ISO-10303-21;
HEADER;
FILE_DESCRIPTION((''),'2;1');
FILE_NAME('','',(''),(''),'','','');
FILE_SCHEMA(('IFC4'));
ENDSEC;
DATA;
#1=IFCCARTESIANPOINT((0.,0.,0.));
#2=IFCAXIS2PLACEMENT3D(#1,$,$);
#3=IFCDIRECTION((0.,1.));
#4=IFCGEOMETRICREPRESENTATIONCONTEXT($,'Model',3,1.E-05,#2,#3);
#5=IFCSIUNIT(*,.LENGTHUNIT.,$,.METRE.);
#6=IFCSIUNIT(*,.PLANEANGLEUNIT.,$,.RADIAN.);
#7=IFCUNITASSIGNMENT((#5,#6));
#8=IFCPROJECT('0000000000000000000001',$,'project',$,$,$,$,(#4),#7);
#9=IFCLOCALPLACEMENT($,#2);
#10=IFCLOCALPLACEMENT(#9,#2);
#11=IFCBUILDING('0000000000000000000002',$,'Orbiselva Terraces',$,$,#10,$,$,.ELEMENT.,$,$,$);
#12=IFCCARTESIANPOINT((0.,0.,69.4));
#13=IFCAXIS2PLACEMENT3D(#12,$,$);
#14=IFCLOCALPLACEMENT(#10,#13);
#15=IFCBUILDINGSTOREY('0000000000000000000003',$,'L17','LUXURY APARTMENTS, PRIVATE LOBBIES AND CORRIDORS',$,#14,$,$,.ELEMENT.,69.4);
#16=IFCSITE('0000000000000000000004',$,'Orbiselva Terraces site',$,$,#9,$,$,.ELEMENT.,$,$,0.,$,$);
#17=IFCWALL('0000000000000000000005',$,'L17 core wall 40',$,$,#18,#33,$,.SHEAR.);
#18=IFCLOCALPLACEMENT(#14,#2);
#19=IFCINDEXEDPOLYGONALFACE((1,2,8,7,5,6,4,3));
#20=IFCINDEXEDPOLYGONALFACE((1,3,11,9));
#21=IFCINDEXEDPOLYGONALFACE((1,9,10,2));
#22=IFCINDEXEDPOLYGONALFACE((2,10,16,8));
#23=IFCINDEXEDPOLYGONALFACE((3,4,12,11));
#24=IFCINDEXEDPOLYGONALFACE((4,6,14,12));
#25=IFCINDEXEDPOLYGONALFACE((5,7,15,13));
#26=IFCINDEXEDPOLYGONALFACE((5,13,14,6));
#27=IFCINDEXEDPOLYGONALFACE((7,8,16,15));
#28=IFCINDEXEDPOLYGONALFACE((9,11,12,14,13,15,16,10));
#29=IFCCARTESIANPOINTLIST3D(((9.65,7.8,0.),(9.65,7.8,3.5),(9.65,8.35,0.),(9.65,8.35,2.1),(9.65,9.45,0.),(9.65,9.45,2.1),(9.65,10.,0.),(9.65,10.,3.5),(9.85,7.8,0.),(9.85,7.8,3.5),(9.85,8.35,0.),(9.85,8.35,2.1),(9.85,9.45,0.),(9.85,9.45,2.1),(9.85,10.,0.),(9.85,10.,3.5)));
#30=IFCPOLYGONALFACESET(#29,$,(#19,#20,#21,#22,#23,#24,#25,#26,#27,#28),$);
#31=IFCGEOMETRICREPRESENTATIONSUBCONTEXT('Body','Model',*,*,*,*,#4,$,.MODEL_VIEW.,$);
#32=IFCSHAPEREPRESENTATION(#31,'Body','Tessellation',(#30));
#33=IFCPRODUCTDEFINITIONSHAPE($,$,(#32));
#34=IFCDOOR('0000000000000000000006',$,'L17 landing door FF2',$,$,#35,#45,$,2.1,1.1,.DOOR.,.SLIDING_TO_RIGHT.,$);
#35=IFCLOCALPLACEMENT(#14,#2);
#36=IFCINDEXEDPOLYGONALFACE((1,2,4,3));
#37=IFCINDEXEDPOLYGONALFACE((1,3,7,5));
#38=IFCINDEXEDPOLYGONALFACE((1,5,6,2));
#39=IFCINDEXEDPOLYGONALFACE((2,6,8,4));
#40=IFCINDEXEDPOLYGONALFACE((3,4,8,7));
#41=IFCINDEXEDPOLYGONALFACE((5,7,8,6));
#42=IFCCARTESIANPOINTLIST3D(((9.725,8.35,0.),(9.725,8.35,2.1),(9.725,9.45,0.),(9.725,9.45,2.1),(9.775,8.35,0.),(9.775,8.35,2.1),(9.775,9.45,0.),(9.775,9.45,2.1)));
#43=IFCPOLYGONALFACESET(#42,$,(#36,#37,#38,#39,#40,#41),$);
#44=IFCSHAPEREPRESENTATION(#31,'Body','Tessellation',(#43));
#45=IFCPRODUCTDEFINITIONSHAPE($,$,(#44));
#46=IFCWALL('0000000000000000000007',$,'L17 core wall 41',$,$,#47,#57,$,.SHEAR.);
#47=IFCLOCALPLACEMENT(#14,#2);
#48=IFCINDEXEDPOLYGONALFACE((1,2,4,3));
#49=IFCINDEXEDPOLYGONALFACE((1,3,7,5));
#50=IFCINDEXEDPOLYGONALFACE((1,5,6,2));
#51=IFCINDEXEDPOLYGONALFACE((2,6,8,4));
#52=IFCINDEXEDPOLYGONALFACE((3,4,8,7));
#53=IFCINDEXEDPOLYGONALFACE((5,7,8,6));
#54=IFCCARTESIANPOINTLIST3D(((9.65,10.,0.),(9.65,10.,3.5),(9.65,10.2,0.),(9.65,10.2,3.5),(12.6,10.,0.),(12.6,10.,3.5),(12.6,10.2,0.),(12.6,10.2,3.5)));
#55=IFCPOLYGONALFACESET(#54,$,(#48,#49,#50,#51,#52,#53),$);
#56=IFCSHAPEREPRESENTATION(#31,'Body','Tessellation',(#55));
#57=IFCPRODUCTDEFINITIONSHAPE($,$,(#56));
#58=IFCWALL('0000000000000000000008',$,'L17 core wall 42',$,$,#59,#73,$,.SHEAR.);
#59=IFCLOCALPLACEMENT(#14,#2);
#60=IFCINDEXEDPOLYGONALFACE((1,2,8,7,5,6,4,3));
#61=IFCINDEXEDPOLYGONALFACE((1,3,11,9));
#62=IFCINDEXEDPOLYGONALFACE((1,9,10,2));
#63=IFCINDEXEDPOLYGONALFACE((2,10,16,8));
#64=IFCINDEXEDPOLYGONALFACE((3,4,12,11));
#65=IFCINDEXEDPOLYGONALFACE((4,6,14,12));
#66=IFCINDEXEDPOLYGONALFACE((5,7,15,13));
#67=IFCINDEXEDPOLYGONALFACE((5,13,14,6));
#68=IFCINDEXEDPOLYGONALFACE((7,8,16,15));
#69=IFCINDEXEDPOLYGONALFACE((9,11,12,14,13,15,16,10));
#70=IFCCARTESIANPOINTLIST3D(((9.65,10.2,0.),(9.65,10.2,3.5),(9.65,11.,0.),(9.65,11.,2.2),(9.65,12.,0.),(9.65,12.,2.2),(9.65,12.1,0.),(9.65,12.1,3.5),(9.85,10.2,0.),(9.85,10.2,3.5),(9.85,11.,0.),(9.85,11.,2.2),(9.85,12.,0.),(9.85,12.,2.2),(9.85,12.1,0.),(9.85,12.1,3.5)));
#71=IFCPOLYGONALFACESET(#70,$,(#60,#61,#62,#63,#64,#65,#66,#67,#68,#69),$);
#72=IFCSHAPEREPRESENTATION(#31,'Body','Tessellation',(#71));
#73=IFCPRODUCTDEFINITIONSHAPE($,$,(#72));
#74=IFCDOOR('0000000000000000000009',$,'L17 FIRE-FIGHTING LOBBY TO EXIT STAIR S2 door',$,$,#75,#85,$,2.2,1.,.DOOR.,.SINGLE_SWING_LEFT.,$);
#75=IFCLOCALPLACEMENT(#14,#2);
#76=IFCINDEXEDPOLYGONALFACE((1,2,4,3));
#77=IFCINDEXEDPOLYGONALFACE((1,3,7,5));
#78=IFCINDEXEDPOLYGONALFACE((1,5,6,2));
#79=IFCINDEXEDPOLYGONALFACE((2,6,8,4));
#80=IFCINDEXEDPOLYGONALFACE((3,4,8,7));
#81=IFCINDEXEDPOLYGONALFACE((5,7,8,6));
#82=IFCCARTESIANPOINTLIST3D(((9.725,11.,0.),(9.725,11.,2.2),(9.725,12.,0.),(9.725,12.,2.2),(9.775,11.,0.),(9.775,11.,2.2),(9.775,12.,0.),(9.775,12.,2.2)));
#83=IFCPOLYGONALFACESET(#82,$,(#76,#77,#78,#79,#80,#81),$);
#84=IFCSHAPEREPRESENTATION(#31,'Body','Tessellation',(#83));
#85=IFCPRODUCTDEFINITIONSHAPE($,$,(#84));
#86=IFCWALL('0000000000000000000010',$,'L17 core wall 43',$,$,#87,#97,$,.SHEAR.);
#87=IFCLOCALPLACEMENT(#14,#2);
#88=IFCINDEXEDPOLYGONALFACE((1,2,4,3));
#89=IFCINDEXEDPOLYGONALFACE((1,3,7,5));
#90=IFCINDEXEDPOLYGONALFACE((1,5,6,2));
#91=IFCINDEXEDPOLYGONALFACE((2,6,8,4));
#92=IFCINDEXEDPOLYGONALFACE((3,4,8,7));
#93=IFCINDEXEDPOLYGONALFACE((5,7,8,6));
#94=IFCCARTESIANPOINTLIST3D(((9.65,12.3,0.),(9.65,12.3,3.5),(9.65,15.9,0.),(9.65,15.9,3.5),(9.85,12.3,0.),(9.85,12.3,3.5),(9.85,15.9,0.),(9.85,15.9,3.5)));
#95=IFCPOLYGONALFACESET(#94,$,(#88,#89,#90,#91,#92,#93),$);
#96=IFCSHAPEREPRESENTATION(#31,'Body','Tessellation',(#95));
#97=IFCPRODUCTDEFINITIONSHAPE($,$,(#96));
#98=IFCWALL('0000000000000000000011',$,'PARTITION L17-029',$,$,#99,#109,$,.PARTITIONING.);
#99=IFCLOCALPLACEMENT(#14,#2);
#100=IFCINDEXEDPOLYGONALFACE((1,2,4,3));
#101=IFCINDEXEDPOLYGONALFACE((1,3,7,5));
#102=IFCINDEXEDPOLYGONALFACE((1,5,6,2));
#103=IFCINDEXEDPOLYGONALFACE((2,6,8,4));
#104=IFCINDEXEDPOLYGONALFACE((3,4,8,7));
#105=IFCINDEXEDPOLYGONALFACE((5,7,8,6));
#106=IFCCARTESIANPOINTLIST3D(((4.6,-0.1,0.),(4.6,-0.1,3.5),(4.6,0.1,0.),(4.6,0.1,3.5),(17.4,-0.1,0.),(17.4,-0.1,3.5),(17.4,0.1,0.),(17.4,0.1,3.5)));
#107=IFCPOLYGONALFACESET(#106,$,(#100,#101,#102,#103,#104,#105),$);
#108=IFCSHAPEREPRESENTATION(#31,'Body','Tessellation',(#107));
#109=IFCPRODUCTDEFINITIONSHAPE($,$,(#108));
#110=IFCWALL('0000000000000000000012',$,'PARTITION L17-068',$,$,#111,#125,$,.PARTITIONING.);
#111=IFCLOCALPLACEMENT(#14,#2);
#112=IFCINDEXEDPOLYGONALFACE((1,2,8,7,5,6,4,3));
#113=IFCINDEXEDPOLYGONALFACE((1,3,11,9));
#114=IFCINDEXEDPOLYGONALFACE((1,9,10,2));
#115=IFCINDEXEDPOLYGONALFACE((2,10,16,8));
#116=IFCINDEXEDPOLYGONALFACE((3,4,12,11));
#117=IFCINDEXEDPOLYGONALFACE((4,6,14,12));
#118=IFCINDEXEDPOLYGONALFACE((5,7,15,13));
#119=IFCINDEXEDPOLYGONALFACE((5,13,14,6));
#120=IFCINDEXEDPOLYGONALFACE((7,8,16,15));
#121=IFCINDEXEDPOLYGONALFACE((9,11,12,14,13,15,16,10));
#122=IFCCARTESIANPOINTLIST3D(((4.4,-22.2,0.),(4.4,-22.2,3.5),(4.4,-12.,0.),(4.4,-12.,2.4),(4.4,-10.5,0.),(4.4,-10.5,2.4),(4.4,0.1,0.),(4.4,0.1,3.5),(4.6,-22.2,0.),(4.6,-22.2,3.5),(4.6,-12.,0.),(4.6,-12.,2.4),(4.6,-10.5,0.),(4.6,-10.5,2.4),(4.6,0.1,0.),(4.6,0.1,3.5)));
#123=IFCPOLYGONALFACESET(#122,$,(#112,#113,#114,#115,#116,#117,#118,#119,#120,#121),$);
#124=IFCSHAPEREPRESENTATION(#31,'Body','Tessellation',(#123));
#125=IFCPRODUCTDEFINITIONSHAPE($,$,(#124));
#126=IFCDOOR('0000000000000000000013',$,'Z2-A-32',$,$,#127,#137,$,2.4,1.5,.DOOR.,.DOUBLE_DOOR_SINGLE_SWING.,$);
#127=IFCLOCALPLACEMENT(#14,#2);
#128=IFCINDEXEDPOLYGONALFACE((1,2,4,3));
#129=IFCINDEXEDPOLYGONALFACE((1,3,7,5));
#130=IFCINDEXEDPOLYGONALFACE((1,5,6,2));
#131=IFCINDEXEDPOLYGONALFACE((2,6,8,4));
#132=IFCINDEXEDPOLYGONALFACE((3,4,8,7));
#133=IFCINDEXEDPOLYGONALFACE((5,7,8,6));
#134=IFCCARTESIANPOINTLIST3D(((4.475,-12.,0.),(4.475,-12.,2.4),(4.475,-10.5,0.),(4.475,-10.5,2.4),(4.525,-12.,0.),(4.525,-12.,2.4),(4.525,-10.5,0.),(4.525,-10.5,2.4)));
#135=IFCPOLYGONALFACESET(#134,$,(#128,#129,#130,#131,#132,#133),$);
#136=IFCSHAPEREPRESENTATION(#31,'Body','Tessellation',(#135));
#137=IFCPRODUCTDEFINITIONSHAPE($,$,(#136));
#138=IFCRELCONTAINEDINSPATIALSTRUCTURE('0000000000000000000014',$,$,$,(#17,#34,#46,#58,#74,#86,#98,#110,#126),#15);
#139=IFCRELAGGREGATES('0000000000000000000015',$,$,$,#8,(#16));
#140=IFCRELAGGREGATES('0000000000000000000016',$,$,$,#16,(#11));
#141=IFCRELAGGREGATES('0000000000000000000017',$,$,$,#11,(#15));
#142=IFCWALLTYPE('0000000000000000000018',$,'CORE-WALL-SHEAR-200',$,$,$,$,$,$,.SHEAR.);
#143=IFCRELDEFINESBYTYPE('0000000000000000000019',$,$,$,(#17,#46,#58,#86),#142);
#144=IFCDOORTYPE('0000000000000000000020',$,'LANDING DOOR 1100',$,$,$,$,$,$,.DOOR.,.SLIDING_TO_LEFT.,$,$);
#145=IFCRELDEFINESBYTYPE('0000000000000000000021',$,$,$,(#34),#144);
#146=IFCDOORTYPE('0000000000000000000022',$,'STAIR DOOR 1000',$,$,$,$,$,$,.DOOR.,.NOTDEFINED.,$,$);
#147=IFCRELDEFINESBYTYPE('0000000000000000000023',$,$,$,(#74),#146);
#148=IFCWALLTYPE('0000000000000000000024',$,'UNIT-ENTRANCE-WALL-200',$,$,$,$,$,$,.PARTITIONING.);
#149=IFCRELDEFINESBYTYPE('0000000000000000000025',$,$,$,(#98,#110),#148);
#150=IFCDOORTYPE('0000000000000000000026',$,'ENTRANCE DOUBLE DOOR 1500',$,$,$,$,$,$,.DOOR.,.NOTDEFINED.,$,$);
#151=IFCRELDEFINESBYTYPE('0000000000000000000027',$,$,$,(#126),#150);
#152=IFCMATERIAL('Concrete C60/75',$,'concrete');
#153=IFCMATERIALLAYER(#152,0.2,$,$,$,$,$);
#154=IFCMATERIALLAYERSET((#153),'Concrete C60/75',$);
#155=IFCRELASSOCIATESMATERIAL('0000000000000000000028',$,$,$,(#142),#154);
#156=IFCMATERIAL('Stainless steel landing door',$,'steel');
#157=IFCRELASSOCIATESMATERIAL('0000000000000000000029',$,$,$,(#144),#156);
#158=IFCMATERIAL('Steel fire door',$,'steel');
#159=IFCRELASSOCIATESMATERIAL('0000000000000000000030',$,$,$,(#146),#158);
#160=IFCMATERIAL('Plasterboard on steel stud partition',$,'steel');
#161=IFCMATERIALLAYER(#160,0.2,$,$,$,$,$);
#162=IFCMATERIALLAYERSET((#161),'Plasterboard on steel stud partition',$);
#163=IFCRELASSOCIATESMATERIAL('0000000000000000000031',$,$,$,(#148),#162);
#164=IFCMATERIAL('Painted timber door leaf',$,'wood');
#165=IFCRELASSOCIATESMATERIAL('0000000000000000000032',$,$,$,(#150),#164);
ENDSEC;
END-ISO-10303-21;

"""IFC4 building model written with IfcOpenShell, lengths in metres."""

from ifc_helpers import new_model, si_unit, direction, frame, frame_2d, origin, place, context, subcontext, project, spatial, rectangle, extrude, material, layer, layer_set, type_object, element, fill, save


model = new_model("IFC4")

# Units and contexts
model_context = context("Model", 3, precision=1e-05, world=origin(), true_north=direction((0.0, 1.0)))
body_context = subcontext(model_context, "Body", "Model", "MODEL_VIEW")
ifc_project = project(units=[si_unit("LENGTHUNIT", "METRE"), si_unit("PLANEANGLEUNIT", "RADIAN")], contexts=[model_context])

# Site, building, storey
site_placement = place(None, origin())
site = spatial("IfcSite", under=ifc_project, at=site_placement, Name="Orbiselva Terraces site", CompositionType="ELEMENT", RefElevation=0.0)
building_placement = place(site_placement, origin())
building = spatial("IfcBuilding", under=site, at=building_placement, Name="Orbiselva Terraces", CompositionType="ELEMENT")
storey_placement = place(building_placement, frame((0.0, 0.0, 69.4)))
storey = spatial("IfcBuildingStorey", under=building, at=storey_placement, Name="L17", Description="LUXURY APARTMENTS, PRIVATE LOBBIES AND CORRIDORS", CompositionType="ELEMENT", Elevation=69.4)

# Shared definitions
ifc_material_1 = material(Name="Concrete C60/75", Category="concrete")
ifc_layer_1 = layer(ifc_material_1, 0.2)
ifc_layer_set_1 = layer_set([ifc_layer_1], Name="Concrete C60/75")
wall_type_1 = type_object("IfcWallType", Name="CORE-WALL-SHEAR-200", PredefinedType="SHEAR", material=ifc_layer_set_1)
ifc_material_2 = material(Name="Steel fire door", Category="steel")

# Shared definitions
ifc_material_3 = material(Name="Stainless steel landing door", Category="steel")
door_type_1 = type_object("IfcDoorType", Name="LANDING DOOR 1100", OperationType="SLIDING_TO_LEFT", PredefinedType="DOOR", material=ifc_material_3)

# Wall, opening, door
wall_1_placement = place(storey_placement, frame((9.75, 7.8, 0.0), z_axis=(0.0, 0.0, 1.0), x_axis=(0.0, 1.0, 0.0)))
wall_1 = element("IfcWall", 1, at=wall_1_placement, inside=storey, type_object=wall_type_1, Name="L17 core wall 40", PredefinedType="SHEAR", context=body_context, shape_type="SweptSolid", body=[
    extrude(rectangle(XDim=2.2, YDim=0.2, at=frame_2d((1.1, 0.0))), origin(), (0.0, 0.0, 1.0), 3.5),
])
opening_1_placement = place(wall_1_placement, frame((0.55, 0.0, 0.0)))
opening_1 = element("IfcOpeningElement", 2, at=opening_1_placement, cuts=wall_1, PredefinedType="OPENING", context=body_context, shape_type="SweptSolid", body=[
    extrude(rectangle(XDim=1.1, YDim=2.1, at=frame_2d((0.55, 1.05))), frame((0.0, 0.11, 0.0), z_axis=(0.0, -1.0, 0.0), x_axis=(1.0, 0.0, 0.0)), (0.0, 0.0, 1.0), 0.22),
])
door_1_placement = place(opening_1_placement, origin())
door_1 = element("IfcDoor", 3, at=door_1_placement, inside=storey, type_object=door_type_1, Name="L17 landing door FF2", OperationType="SLIDING_TO_RIGHT", OverallHeight=2.1, OverallWidth=1.1, PredefinedType="DOOR", context=body_context, shape_type="SweptSolid", body=[
    extrude(rectangle(XDim=1.1, YDim=2.1, at=frame_2d((0.55, 1.05))), frame((0.0, 0.025, 0.0), z_axis=(0.0, -1.0, 0.0), x_axis=(1.0, 0.0, 0.0)), (0.0, 0.0, 1.0), 0.05),
])
fill(opening_1, door_1)

# Wall
wall_2_placement = place(storey_placement, frame((9.65, 10.1, 0.0), z_axis=(0.0, 0.0, 1.0), x_axis=(1.0, 0.0, 0.0)))
element("IfcWall", 4, at=wall_2_placement, inside=storey, type_object=wall_type_1, Name="L17 core wall 41", PredefinedType="SHEAR", context=body_context, shape_type="SweptSolid", body=[
    extrude(rectangle(XDim=2.95, YDim=0.2, at=frame_2d((1.475, 0.0))), origin(), (0.0, 0.0, 1.0), 3.5),
])

# Wall, opening, door
wall_3_placement = place(storey_placement, frame((9.75, 12.1, 0.0), z_axis=(0.0, 0.0, 1.0), x_axis=(0.0, -1.0, 0.0)))
wall_3 = element("IfcWall", 5, at=wall_3_placement, inside=storey, type_object=wall_type_1, Name="L17 core wall 42", PredefinedType="SHEAR", context=body_context, shape_type="SweptSolid", body=[
    extrude(rectangle(XDim=1.9, YDim=0.2, at=frame_2d((0.95, 0.0))), origin(), (0.0, 0.0, 1.0), 3.5),
])
opening_2_placement = place(wall_3_placement, frame((0.1, 0.0, 0.0)))
opening_2 = element("IfcOpeningElement", 6, at=opening_2_placement, cuts=wall_3, PredefinedType="OPENING", context=body_context, shape_type="SweptSolid", body=[
    extrude(rectangle(XDim=1.0, YDim=2.2, at=frame_2d((0.5, 1.1))), frame((0.0, 0.11, 0.0), z_axis=(0.0, -1.0, 0.0), x_axis=(1.0, 0.0, 0.0)), (0.0, 0.0, 1.0), 0.22),
])
door_type_2 = type_object("IfcDoorType", Name="STAIR DOOR 1000", OperationType="NOTDEFINED", PredefinedType="DOOR", material=ifc_material_2)
door_2_placement = place(opening_2_placement, origin())
door_2 = element("IfcDoor", 7, at=door_2_placement, inside=storey, type_object=door_type_2, Name="L17 FIRE-FIGHTING LOBBY TO EXIT STAIR S2 door", OperationType="SINGLE_SWING_LEFT", OverallHeight=2.2, OverallWidth=1.0, PredefinedType="DOOR", context=body_context, shape_type="SweptSolid", body=[
    extrude(rectangle(XDim=1.0, YDim=2.2, at=frame_2d((0.5, 1.1))), frame((0.0, 0.025, 0.0), z_axis=(0.0, -1.0, 0.0), x_axis=(1.0, 0.0, 0.0)), (0.0, 0.0, 1.0), 0.05),
])
fill(opening_2, door_2)

# Walls
wall_4_placement = place(storey_placement, frame((9.75, 12.3, 0.0), z_axis=(0.0, 0.0, 1.0), x_axis=(0.0, 1.0, 0.0)))
element("IfcWall", 8, at=wall_4_placement, inside=storey, type_object=wall_type_1, Name="L17 core wall 43", PredefinedType="SHEAR", context=body_context, shape_type="SweptSolid", body=[
    extrude(rectangle(XDim=3.6, YDim=0.2, at=frame_2d((1.8, 0.0))), origin(), (0.0, 0.0, 1.0), 3.5),
])
ifc_material_4 = material(Name="Plasterboard on steel stud partition", Category="steel")
ifc_layer_2 = layer(ifc_material_4, 0.2)
ifc_layer_set_2 = layer_set([ifc_layer_2], Name="Plasterboard on steel stud partition")
wall_type_2 = type_object("IfcWallType", Name="UNIT-ENTRANCE-WALL-200", PredefinedType="PARTITIONING", material=ifc_layer_set_2)
wall_5_placement = place(storey_placement, frame((4.6, 0.0, 0.0), z_axis=(0.0, 0.0, 1.0), x_axis=(1.0, 0.0, 0.0)))
element("IfcWall", 9, at=wall_5_placement, inside=storey, type_object=wall_type_2, Name="PARTITION L17-029", PredefinedType="PARTITIONING", context=body_context, shape_type="SweptSolid", body=[
    extrude(rectangle(XDim=12.8, YDim=0.2, at=frame_2d((6.4, 0.0))), origin(), (0.0, 0.0, 1.0), 3.5),
])

# Wall, opening, door
wall_6_placement = place(storey_placement, frame((4.5, 0.1, 0.0), z_axis=(0.0, 0.0, 1.0), x_axis=(0.0, -1.0, 0.0)))
wall_6 = element("IfcWall", 10, at=wall_6_placement, inside=storey, type_object=wall_type_2, Name="PARTITION L17-068", PredefinedType="PARTITIONING", context=body_context, shape_type="SweptSolid", body=[
    extrude(rectangle(XDim=22.3, YDim=0.2, at=frame_2d((11.15, 0.0))), origin(), (0.0, 0.0, 1.0), 3.5),
])
opening_3_placement = place(wall_6_placement, frame((10.6, 0.0, 0.0)))
opening_3 = element("IfcOpeningElement", 11, at=opening_3_placement, cuts=wall_6, PredefinedType="OPENING", context=body_context, shape_type="SweptSolid", body=[
    extrude(rectangle(XDim=1.5, YDim=2.4, at=frame_2d((0.75, 1.2))), frame((0.0, 0.11, 0.0), z_axis=(0.0, -1.0, 0.0), x_axis=(1.0, 0.0, 0.0)), (0.0, 0.0, 1.0), 0.22),
])
ifc_material_5 = material(Name="Painted timber door leaf", Category="wood")
door_type_3 = type_object("IfcDoorType", Name="ENTRANCE DOUBLE DOOR 1500", OperationType="NOTDEFINED", PredefinedType="DOOR", material=ifc_material_5)
door_3_placement = place(opening_3_placement, origin())
door_3 = element("IfcDoor", 12, at=door_3_placement, inside=storey, type_object=door_type_3, Name="Z2-A-32", OperationType="DOUBLE_DOOR_SINGLE_SWING", OverallHeight=2.4, OverallWidth=1.5, PredefinedType="DOOR", context=body_context, shape_type="SweptSolid", body=[
    extrude(rectangle(XDim=1.5, YDim=2.4, at=frame_2d((0.75, 1.2))), frame((0.0, 0.025, 0.0), z_axis=(0.0, -1.0, 0.0), x_axis=(1.0, 0.0, 0.0)), (0.0, 0.0, 1.0), 0.05),
])
fill(opening_3, door_3)

save(model, "model.ifc")
